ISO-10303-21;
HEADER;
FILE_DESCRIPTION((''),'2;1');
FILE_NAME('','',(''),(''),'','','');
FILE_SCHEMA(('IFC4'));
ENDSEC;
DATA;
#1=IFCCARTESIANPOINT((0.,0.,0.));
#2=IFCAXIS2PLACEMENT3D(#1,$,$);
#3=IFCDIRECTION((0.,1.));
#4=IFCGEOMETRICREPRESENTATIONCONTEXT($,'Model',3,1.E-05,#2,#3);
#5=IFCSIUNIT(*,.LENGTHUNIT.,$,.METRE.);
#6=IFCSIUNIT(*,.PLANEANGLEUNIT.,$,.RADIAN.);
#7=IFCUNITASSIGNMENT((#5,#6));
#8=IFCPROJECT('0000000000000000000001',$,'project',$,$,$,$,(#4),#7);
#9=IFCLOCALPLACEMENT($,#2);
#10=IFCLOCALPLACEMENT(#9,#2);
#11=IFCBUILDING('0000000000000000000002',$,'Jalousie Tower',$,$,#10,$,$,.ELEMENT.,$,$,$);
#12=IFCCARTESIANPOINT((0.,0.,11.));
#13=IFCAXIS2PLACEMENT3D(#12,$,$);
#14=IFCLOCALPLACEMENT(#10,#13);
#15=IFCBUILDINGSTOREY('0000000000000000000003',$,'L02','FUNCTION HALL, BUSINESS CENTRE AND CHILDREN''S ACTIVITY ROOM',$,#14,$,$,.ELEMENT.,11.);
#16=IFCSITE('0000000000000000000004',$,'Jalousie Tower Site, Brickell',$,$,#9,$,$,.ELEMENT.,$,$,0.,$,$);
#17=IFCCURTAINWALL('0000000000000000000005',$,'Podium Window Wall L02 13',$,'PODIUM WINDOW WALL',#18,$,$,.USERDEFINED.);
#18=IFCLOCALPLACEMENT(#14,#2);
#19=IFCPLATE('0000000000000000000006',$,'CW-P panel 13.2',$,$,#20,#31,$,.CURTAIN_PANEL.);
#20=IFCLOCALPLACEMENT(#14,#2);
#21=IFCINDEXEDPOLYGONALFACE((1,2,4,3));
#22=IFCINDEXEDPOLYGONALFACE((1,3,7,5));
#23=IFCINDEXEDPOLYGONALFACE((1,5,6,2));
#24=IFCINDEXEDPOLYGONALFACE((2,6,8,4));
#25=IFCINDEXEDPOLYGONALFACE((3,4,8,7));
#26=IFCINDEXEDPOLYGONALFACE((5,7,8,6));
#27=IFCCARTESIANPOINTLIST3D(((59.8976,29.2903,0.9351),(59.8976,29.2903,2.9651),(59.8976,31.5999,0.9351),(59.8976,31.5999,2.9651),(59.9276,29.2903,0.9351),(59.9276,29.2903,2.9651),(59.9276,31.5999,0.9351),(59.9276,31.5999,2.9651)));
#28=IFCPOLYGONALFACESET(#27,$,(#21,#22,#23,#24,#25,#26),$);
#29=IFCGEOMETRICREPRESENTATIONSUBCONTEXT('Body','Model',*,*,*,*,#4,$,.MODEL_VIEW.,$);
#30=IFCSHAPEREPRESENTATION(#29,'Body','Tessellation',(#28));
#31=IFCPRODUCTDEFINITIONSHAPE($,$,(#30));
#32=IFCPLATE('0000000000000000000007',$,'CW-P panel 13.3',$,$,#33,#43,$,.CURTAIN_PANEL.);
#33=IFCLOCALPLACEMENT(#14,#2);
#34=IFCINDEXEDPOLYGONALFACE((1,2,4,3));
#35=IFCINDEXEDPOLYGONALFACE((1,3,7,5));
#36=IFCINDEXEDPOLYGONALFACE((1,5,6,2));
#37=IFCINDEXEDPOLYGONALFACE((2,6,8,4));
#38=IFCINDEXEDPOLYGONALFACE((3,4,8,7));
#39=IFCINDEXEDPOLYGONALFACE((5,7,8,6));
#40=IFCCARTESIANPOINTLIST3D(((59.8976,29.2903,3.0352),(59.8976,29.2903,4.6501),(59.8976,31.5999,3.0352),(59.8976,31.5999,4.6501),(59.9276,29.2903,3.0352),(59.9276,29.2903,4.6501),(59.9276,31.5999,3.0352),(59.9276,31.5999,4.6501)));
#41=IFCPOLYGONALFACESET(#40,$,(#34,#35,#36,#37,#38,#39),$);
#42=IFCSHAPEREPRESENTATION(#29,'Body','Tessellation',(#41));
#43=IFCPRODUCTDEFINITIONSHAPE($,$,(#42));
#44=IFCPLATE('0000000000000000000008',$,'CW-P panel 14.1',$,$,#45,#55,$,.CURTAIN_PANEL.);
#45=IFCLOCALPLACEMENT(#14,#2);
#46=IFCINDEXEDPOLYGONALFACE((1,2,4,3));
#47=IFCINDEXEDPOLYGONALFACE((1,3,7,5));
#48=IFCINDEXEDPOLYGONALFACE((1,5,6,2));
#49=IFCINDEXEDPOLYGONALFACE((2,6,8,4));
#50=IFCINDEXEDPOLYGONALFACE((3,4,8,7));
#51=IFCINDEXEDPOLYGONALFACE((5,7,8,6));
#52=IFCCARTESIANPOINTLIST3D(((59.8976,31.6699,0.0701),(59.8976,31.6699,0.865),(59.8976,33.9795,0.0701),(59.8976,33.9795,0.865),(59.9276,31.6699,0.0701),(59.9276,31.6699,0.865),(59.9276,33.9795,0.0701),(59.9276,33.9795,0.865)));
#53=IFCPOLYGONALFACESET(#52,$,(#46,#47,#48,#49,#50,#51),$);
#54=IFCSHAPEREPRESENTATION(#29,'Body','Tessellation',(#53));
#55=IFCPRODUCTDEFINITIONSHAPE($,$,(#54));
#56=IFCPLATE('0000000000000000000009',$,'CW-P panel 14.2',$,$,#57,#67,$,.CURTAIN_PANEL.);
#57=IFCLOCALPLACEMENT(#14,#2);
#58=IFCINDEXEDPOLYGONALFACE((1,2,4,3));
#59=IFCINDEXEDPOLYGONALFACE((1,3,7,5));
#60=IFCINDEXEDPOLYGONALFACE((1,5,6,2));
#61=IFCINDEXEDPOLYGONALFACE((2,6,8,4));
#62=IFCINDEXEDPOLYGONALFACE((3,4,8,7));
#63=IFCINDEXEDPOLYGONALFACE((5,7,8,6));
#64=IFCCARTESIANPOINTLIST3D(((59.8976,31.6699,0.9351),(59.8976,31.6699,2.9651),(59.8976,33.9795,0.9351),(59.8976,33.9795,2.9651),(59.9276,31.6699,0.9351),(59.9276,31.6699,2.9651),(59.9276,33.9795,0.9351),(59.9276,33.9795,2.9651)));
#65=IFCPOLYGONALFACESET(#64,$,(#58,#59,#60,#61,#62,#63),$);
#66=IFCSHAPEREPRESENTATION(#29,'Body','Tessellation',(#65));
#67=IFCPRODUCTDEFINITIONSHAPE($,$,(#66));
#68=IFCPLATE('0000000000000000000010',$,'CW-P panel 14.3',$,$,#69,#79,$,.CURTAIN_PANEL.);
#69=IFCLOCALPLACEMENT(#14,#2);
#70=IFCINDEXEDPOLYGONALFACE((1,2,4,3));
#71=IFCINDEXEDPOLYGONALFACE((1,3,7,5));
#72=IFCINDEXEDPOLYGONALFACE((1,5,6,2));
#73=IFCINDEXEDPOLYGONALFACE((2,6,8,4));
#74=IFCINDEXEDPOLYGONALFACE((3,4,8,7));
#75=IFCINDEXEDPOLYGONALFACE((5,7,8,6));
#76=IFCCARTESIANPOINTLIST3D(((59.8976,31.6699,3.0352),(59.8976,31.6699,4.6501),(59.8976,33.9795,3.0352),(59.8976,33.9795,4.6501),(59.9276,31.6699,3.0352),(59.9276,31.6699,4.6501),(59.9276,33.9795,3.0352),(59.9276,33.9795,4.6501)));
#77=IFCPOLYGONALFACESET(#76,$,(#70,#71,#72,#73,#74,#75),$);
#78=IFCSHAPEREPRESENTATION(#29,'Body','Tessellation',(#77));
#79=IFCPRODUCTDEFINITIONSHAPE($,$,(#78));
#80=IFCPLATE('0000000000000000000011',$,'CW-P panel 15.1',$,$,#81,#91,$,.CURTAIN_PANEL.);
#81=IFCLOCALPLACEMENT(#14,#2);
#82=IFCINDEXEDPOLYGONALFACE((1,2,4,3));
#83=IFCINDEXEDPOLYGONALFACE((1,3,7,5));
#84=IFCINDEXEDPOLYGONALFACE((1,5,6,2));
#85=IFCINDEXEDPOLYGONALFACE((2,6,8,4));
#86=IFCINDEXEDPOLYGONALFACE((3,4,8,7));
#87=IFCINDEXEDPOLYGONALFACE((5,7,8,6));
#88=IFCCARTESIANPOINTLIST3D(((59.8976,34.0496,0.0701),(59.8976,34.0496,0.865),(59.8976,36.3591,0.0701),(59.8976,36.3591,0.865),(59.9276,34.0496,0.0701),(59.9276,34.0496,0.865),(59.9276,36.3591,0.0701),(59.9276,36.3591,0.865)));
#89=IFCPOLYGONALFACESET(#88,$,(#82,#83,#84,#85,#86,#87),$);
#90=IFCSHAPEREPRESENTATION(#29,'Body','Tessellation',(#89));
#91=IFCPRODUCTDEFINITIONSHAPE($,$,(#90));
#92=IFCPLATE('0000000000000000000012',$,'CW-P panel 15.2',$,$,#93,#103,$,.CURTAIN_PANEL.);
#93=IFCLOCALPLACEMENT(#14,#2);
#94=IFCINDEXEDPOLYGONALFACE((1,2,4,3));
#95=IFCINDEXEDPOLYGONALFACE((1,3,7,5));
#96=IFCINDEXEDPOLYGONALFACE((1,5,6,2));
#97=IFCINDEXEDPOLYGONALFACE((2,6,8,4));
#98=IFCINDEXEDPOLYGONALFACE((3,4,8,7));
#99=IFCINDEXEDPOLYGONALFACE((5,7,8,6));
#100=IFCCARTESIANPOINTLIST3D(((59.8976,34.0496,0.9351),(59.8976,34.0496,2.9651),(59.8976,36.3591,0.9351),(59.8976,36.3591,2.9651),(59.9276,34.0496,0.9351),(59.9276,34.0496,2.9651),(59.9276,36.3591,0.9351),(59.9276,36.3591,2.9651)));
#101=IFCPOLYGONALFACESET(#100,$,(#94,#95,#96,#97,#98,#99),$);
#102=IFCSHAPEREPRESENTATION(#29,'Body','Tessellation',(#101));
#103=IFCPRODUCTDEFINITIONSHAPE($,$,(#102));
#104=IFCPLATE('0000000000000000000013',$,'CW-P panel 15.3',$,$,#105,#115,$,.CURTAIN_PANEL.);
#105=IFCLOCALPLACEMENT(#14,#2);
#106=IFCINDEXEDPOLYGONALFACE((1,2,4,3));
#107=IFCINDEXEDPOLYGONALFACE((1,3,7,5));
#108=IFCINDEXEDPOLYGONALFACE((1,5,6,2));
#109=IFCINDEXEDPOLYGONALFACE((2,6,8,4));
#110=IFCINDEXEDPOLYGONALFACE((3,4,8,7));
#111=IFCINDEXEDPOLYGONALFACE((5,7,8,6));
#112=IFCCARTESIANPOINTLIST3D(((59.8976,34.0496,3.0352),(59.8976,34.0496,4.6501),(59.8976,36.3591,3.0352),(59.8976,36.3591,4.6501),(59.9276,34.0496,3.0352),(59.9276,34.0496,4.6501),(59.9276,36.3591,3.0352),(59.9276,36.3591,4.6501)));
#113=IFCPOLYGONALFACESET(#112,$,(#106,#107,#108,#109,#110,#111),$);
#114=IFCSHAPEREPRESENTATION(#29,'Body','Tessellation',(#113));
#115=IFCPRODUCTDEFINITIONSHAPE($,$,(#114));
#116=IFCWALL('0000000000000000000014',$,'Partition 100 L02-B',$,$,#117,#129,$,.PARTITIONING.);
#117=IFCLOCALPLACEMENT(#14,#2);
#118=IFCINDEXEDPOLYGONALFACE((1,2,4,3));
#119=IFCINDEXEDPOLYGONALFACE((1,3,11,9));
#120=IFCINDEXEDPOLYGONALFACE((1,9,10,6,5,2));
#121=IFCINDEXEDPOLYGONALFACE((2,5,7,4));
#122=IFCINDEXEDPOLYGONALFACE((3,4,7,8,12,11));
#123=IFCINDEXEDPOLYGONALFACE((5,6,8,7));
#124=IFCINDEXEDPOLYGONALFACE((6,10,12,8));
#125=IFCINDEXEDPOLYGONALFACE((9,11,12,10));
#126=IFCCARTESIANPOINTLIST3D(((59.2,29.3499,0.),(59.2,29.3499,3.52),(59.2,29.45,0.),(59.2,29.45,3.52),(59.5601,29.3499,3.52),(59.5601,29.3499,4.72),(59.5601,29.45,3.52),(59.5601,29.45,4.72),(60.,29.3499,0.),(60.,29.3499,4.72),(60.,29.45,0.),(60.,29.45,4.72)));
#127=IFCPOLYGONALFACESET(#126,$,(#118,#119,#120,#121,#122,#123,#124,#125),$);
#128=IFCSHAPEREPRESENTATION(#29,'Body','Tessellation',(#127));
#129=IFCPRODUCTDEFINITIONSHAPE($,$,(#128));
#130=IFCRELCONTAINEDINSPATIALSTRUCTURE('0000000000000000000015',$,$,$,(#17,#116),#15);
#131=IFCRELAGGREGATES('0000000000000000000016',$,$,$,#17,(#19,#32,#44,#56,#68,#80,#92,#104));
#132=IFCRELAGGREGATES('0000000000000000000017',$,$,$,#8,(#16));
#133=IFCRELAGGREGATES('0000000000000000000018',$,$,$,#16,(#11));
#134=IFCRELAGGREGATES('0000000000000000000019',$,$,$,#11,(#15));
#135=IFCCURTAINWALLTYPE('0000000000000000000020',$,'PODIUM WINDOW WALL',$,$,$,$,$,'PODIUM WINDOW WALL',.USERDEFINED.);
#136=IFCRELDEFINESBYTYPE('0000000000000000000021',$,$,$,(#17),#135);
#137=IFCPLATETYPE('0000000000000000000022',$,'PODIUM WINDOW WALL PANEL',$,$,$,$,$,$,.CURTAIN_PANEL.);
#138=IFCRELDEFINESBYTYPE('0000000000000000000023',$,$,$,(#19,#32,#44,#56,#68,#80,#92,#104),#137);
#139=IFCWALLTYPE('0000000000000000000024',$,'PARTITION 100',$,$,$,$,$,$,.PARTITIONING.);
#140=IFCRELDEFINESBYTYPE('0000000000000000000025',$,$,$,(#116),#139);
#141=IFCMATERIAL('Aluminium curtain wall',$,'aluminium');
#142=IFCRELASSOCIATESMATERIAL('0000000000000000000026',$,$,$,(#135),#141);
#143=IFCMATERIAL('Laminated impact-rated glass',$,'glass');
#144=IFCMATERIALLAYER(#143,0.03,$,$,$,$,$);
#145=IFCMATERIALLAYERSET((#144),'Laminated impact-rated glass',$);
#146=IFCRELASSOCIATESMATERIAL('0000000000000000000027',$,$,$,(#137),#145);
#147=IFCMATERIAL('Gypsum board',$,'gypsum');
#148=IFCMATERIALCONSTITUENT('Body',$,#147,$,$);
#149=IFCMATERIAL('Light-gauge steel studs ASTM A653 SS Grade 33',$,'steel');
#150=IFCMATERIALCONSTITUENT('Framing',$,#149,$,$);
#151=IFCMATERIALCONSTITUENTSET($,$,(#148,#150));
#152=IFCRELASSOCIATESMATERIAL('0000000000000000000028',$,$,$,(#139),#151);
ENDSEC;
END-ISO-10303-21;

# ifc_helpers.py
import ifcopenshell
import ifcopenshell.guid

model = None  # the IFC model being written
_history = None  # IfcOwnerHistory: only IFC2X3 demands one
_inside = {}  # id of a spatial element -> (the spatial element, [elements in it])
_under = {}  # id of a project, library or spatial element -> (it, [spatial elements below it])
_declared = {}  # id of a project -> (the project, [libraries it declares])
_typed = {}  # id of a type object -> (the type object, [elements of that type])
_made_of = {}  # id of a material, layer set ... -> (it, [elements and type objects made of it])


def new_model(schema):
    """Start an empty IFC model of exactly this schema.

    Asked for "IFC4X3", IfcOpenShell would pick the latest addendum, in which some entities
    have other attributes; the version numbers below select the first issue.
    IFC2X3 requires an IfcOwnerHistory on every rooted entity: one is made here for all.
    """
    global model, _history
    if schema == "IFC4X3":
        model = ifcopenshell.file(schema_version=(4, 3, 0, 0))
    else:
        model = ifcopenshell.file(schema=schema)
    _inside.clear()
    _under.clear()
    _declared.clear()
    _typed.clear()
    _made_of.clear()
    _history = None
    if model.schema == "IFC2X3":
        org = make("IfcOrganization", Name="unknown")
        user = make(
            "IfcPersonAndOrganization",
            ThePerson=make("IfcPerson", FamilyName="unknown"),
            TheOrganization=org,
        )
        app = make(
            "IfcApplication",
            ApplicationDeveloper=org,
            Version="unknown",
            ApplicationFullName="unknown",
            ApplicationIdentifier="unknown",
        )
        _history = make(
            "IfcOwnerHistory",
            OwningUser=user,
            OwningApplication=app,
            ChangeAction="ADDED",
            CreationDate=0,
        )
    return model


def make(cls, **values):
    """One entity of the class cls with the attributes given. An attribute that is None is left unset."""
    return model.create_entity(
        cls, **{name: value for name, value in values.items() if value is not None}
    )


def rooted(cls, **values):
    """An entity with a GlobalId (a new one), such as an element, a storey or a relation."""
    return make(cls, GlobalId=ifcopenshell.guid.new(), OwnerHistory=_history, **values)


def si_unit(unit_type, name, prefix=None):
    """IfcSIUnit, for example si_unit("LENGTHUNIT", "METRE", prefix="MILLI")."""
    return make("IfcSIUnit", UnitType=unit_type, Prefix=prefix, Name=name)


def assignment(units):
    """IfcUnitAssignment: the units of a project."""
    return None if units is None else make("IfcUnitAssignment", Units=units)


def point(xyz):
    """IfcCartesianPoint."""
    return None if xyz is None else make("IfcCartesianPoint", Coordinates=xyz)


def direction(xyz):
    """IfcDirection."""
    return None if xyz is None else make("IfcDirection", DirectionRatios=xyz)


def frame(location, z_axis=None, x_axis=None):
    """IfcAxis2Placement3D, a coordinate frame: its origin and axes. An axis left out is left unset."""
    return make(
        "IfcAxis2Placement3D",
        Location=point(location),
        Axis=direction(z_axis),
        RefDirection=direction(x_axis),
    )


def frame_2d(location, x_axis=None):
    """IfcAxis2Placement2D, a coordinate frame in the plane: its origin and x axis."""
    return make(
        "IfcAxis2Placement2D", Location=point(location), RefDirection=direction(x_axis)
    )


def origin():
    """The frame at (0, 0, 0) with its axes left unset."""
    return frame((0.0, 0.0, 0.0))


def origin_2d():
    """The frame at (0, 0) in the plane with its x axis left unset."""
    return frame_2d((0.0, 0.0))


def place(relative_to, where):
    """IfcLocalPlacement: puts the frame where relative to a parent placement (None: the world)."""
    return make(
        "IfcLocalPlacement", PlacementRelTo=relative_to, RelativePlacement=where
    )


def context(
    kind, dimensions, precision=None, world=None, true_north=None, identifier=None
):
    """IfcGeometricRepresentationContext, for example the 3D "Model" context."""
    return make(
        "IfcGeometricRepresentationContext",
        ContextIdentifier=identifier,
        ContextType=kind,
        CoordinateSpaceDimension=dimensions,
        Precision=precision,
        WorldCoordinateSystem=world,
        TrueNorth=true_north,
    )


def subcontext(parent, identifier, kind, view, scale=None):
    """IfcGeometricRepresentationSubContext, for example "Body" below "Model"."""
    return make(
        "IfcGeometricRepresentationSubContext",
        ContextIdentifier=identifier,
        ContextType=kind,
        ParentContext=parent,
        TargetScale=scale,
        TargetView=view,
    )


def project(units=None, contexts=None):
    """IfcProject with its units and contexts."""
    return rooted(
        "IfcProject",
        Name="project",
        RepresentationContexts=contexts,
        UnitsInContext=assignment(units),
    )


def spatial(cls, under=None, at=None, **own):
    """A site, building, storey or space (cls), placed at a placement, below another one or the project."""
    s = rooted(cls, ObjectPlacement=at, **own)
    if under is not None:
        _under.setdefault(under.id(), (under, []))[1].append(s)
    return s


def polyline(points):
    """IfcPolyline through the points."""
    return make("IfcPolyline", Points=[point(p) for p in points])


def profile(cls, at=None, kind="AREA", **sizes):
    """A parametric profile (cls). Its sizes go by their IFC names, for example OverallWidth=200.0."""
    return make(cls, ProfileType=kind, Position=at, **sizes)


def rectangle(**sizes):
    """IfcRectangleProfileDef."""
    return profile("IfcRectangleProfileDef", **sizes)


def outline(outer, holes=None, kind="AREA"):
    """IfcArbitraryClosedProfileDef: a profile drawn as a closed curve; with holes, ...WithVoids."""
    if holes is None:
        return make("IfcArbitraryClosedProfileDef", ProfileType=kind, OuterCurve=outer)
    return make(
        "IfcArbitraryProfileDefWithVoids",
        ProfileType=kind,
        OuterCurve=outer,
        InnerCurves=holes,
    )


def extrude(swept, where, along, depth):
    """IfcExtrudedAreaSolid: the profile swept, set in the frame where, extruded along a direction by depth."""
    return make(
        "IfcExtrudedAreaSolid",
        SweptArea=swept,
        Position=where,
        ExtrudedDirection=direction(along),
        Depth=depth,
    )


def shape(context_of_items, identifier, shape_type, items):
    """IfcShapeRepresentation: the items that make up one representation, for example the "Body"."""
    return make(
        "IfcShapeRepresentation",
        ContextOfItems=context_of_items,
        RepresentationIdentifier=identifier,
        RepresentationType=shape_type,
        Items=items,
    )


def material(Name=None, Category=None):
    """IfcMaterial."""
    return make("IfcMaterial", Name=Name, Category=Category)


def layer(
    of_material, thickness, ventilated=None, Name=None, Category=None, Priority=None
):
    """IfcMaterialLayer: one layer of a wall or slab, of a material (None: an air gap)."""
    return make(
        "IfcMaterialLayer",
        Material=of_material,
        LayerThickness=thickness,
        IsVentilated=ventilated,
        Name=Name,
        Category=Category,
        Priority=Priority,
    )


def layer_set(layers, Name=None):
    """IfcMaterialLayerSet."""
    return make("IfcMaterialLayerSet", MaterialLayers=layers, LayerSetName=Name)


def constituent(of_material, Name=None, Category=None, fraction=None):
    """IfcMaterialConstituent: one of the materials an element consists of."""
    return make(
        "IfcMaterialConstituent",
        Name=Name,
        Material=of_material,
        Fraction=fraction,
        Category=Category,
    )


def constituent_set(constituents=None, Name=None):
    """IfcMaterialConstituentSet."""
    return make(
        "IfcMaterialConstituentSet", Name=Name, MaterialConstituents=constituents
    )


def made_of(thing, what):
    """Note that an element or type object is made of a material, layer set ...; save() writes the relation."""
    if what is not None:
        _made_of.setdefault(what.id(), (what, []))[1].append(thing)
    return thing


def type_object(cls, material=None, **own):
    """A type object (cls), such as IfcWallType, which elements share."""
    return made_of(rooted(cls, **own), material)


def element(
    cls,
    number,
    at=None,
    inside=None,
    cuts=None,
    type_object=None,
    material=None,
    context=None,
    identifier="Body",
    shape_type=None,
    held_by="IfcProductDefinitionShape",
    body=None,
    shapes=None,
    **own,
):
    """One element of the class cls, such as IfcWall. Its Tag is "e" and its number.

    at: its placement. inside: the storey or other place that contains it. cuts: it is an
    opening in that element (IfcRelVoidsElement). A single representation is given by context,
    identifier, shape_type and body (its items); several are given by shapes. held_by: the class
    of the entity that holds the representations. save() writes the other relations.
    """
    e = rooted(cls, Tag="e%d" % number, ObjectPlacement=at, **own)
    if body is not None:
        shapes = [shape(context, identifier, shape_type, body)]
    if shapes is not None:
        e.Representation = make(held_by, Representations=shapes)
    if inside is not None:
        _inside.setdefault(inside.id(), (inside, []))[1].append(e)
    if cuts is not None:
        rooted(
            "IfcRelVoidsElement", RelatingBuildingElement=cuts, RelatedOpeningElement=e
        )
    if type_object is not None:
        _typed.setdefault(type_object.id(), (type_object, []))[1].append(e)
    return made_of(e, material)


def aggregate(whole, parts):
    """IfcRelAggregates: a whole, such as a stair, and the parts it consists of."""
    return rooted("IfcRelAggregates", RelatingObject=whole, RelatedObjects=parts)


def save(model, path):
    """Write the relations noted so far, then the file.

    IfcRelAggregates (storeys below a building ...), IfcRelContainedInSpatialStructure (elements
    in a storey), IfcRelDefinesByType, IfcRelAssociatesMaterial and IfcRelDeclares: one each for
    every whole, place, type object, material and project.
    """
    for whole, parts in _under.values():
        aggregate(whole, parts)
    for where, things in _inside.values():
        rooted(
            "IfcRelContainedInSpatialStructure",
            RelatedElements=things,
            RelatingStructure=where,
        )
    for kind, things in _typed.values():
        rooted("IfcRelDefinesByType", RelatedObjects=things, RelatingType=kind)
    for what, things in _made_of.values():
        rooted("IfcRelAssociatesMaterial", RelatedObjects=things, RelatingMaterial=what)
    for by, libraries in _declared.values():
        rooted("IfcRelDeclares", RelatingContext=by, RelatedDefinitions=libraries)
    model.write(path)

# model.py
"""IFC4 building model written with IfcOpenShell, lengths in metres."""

from ifc_helpers import new_model, si_unit, direction, frame, origin, origin_2d, place, context, subcontext, project, spatial, polyline, rectangle, outline, extrude, material, layer, layer_set, constituent, constituent_set, type_object, element, aggregate, save


model = new_model("IFC4")

# Units and contexts
model_context = context("Model", 3, precision=1e-05, world=origin(), true_north=direction((0.0, 1.0)))
body_context = subcontext(model_context, "Body", "Model", "MODEL_VIEW")
ifc_project = project(units=[si_unit("LENGTHUNIT", "METRE"), si_unit("PLANEANGLEUNIT", "RADIAN")], contexts=[model_context])

# Site, building, storey
site_placement = place(None, origin())
site = spatial("IfcSite", under=ifc_project, at=site_placement, Name="Jalousie Tower Site, Brickell", CompositionType="ELEMENT", RefElevation=0.0)
building_placement = place(site_placement, origin())
building = spatial("IfcBuilding", under=site, at=building_placement, Name="Jalousie Tower", CompositionType="ELEMENT")
storey_placement = place(building_placement, frame((0.0, 0.0, 11.0)))
storey = spatial("IfcBuildingStorey", under=building, at=storey_placement, Name="L02", Description="FUNCTION HALL, BUSINESS CENTRE AND CHILDREN'S ACTIVITY ROOM", CompositionType="ELEMENT", Elevation=11.0)

# Curtain wall
ifc_material_1 = material(Name="Aluminium curtain wall", Category="aluminium")
curtain_wall_type = type_object("IfcCurtainWallType", Name="PODIUM WINDOW WALL", ElementType="PODIUM WINDOW WALL", PredefinedType="USERDEFINED", material=ifc_material_1)
curtain_wall_placement = place(storey_placement, origin())
curtain_wall = element("IfcCurtainWall", 1, at=curtain_wall_placement, inside=storey, type_object=curtain_wall_type, Name="Podium Window Wall L02 13", ObjectType="PODIUM WINDOW WALL", PredefinedType="USERDEFINED")

# Plates
ifc_material_2 = material(Name="Laminated impact-rated glass", Category="glass")
ifc_layer = layer(ifc_material_2, 0.03)
ifc_layer_set = layer_set([ifc_layer], Name="Laminated impact-rated glass")
plate_type = type_object("IfcPlateType", Name="PODIUM WINDOW WALL PANEL", PredefinedType="CURTAIN_PANEL", material=ifc_layer_set)
plate_1_placement = place(storey_placement, frame((59.9126, 30.4451, 0.9351), z_axis=(0.0, 0.0, 1.0), x_axis=(0.0, 1.0, 0.0)))
plate_1 = element("IfcPlate", 2, at=plate_1_placement, type_object=plate_type, Name="CW-P panel 13.2", PredefinedType="CURTAIN_PANEL", context=body_context, shape_type="SweptSolid", body=[
    extrude(rectangle(XDim=2.3096, YDim=0.03, at=origin_2d()), origin(), (0.0, 0.0, 1.0), 2.03),
])
plate_2_placement = place(storey_placement, frame((59.9126, 30.4451, 3.0352), z_axis=(0.0, 0.0, 1.0), x_axis=(0.0, 1.0, 0.0)))
plate_2 = element("IfcPlate", 3, at=plate_2_placement, type_object=plate_type, Name="CW-P panel 13.3", PredefinedType="CURTAIN_PANEL", context=body_context, shape_type="SweptSolid", body=[
    extrude(rectangle(XDim=2.3096, YDim=0.03, at=origin_2d()), origin(), (0.0, 0.0, 1.0), 1.615),
])
plate_3_placement = place(storey_placement, frame((59.9126, 32.8247, 0.0701), z_axis=(0.0, 0.0, 1.0), x_axis=(0.0, 1.0, 0.0)))
plate_3 = element("IfcPlate", 4, at=plate_3_placement, type_object=plate_type, Name="CW-P panel 14.1", PredefinedType="CURTAIN_PANEL", context=body_context, shape_type="SweptSolid", body=[
    extrude(rectangle(XDim=2.3096, YDim=0.03, at=origin_2d()), origin(), (0.0, 0.0, 1.0), 0.7949),
])
plate_4_placement = place(storey_placement, frame((59.9126, 32.8247, 0.9351), z_axis=(0.0, 0.0, 1.0), x_axis=(0.0, 1.0, 0.0)))
plate_4 = element("IfcPlate", 5, at=plate_4_placement, type_object=plate_type, Name="CW-P panel 14.2", PredefinedType="CURTAIN_PANEL", context=body_context, shape_type="SweptSolid", body=[
    extrude(rectangle(XDim=2.3096, YDim=0.03, at=origin_2d()), origin(), (0.0, 0.0, 1.0), 2.03),
])
plate_5_placement = place(storey_placement, frame((59.9126, 32.8247, 3.0352), z_axis=(0.0, 0.0, 1.0), x_axis=(0.0, 1.0, 0.0)))
plate_5 = element("IfcPlate", 6, at=plate_5_placement, type_object=plate_type, Name="CW-P panel 14.3", PredefinedType="CURTAIN_PANEL", context=body_context, shape_type="SweptSolid", body=[
    extrude(rectangle(XDim=2.3096, YDim=0.03, at=origin_2d()), origin(), (0.0, 0.0, 1.0), 1.615),
])
plate_6_placement = place(storey_placement, frame((59.9126, 35.2043, 0.0701), z_axis=(0.0, 0.0, 1.0), x_axis=(0.0, 1.0, 0.0)))
plate_6 = element("IfcPlate", 7, at=plate_6_placement, type_object=plate_type, Name="CW-P panel 15.1", PredefinedType="CURTAIN_PANEL", context=body_context, shape_type="SweptSolid", body=[
    extrude(rectangle(XDim=2.3096, YDim=0.03, at=origin_2d()), origin(), (0.0, 0.0, 1.0), 0.7949),
])
plate_7_placement = place(storey_placement, frame((59.9126, 35.2043, 0.9351), z_axis=(0.0, 0.0, 1.0), x_axis=(0.0, 1.0, 0.0)))
plate_7 = element("IfcPlate", 8, at=plate_7_placement, type_object=plate_type, Name="CW-P panel 15.2", PredefinedType="CURTAIN_PANEL", context=body_context, shape_type="SweptSolid", body=[
    extrude(rectangle(XDim=2.3096, YDim=0.03, at=origin_2d()), origin(), (0.0, 0.0, 1.0), 2.03),
])
plate_8_placement = place(storey_placement, frame((59.9126, 35.2043, 3.0352), z_axis=(0.0, 0.0, 1.0), x_axis=(0.0, 1.0, 0.0)))
plate_8 = element("IfcPlate", 9, at=plate_8_placement, type_object=plate_type, Name="CW-P panel 15.3", PredefinedType="CURTAIN_PANEL", context=body_context, shape_type="SweptSolid", body=[
    extrude(rectangle(XDim=2.3096, YDim=0.03, at=origin_2d()), origin(), (0.0, 0.0, 1.0), 1.615),
])
aggregate(curtain_wall, [plate_1, plate_2, plate_3, plate_4, plate_5, plate_6, plate_7, plate_8])

# Wall
ifc_material_3 = material(Name="Gypsum board", Category="gypsum")
ifc_constituent_1 = constituent(ifc_material_3, Name="Body")
ifc_material_4 = material(Name="Light-gauge steel studs ASTM A653 SS Grade 33", Category="steel")
ifc_constituent_2 = constituent(ifc_material_4, Name="Framing")
ifc_constituent_set = constituent_set(constituents=[ifc_constituent_1, ifc_constituent_2])
wall_type = type_object("IfcWallType", Name="PARTITION 100", PredefinedType="PARTITIONING", material=ifc_constituent_set)
wall_placement = place(storey_placement, frame((59.2, 29.3999, 0.0), z_axis=(0.0, 0.0, 1.0), x_axis=(1.0, 0.0, 0.0)))
element("IfcWall", 10, at=wall_placement, inside=storey, type_object=wall_type, Name="Partition 100 L02-B", PredefinedType="PARTITIONING", context=body_context, shape_type="SweptSolid", body=[
    extrude(outline(polyline([(0.0, 0.0), (0.8, 0.0), (0.8, 4.72), (0.3601, 4.72), (0.3601, 3.52), (0.0, 3.52), (0.0, 0.0)])), frame((0.0, 0.05, 0.0), z_axis=(0.0, -1.0, 0.0), x_axis=(1.0, 0.0, 0.0)), (0.0, 0.0, 1.0), 0.1001),
])

save(model, "model.ifc")
